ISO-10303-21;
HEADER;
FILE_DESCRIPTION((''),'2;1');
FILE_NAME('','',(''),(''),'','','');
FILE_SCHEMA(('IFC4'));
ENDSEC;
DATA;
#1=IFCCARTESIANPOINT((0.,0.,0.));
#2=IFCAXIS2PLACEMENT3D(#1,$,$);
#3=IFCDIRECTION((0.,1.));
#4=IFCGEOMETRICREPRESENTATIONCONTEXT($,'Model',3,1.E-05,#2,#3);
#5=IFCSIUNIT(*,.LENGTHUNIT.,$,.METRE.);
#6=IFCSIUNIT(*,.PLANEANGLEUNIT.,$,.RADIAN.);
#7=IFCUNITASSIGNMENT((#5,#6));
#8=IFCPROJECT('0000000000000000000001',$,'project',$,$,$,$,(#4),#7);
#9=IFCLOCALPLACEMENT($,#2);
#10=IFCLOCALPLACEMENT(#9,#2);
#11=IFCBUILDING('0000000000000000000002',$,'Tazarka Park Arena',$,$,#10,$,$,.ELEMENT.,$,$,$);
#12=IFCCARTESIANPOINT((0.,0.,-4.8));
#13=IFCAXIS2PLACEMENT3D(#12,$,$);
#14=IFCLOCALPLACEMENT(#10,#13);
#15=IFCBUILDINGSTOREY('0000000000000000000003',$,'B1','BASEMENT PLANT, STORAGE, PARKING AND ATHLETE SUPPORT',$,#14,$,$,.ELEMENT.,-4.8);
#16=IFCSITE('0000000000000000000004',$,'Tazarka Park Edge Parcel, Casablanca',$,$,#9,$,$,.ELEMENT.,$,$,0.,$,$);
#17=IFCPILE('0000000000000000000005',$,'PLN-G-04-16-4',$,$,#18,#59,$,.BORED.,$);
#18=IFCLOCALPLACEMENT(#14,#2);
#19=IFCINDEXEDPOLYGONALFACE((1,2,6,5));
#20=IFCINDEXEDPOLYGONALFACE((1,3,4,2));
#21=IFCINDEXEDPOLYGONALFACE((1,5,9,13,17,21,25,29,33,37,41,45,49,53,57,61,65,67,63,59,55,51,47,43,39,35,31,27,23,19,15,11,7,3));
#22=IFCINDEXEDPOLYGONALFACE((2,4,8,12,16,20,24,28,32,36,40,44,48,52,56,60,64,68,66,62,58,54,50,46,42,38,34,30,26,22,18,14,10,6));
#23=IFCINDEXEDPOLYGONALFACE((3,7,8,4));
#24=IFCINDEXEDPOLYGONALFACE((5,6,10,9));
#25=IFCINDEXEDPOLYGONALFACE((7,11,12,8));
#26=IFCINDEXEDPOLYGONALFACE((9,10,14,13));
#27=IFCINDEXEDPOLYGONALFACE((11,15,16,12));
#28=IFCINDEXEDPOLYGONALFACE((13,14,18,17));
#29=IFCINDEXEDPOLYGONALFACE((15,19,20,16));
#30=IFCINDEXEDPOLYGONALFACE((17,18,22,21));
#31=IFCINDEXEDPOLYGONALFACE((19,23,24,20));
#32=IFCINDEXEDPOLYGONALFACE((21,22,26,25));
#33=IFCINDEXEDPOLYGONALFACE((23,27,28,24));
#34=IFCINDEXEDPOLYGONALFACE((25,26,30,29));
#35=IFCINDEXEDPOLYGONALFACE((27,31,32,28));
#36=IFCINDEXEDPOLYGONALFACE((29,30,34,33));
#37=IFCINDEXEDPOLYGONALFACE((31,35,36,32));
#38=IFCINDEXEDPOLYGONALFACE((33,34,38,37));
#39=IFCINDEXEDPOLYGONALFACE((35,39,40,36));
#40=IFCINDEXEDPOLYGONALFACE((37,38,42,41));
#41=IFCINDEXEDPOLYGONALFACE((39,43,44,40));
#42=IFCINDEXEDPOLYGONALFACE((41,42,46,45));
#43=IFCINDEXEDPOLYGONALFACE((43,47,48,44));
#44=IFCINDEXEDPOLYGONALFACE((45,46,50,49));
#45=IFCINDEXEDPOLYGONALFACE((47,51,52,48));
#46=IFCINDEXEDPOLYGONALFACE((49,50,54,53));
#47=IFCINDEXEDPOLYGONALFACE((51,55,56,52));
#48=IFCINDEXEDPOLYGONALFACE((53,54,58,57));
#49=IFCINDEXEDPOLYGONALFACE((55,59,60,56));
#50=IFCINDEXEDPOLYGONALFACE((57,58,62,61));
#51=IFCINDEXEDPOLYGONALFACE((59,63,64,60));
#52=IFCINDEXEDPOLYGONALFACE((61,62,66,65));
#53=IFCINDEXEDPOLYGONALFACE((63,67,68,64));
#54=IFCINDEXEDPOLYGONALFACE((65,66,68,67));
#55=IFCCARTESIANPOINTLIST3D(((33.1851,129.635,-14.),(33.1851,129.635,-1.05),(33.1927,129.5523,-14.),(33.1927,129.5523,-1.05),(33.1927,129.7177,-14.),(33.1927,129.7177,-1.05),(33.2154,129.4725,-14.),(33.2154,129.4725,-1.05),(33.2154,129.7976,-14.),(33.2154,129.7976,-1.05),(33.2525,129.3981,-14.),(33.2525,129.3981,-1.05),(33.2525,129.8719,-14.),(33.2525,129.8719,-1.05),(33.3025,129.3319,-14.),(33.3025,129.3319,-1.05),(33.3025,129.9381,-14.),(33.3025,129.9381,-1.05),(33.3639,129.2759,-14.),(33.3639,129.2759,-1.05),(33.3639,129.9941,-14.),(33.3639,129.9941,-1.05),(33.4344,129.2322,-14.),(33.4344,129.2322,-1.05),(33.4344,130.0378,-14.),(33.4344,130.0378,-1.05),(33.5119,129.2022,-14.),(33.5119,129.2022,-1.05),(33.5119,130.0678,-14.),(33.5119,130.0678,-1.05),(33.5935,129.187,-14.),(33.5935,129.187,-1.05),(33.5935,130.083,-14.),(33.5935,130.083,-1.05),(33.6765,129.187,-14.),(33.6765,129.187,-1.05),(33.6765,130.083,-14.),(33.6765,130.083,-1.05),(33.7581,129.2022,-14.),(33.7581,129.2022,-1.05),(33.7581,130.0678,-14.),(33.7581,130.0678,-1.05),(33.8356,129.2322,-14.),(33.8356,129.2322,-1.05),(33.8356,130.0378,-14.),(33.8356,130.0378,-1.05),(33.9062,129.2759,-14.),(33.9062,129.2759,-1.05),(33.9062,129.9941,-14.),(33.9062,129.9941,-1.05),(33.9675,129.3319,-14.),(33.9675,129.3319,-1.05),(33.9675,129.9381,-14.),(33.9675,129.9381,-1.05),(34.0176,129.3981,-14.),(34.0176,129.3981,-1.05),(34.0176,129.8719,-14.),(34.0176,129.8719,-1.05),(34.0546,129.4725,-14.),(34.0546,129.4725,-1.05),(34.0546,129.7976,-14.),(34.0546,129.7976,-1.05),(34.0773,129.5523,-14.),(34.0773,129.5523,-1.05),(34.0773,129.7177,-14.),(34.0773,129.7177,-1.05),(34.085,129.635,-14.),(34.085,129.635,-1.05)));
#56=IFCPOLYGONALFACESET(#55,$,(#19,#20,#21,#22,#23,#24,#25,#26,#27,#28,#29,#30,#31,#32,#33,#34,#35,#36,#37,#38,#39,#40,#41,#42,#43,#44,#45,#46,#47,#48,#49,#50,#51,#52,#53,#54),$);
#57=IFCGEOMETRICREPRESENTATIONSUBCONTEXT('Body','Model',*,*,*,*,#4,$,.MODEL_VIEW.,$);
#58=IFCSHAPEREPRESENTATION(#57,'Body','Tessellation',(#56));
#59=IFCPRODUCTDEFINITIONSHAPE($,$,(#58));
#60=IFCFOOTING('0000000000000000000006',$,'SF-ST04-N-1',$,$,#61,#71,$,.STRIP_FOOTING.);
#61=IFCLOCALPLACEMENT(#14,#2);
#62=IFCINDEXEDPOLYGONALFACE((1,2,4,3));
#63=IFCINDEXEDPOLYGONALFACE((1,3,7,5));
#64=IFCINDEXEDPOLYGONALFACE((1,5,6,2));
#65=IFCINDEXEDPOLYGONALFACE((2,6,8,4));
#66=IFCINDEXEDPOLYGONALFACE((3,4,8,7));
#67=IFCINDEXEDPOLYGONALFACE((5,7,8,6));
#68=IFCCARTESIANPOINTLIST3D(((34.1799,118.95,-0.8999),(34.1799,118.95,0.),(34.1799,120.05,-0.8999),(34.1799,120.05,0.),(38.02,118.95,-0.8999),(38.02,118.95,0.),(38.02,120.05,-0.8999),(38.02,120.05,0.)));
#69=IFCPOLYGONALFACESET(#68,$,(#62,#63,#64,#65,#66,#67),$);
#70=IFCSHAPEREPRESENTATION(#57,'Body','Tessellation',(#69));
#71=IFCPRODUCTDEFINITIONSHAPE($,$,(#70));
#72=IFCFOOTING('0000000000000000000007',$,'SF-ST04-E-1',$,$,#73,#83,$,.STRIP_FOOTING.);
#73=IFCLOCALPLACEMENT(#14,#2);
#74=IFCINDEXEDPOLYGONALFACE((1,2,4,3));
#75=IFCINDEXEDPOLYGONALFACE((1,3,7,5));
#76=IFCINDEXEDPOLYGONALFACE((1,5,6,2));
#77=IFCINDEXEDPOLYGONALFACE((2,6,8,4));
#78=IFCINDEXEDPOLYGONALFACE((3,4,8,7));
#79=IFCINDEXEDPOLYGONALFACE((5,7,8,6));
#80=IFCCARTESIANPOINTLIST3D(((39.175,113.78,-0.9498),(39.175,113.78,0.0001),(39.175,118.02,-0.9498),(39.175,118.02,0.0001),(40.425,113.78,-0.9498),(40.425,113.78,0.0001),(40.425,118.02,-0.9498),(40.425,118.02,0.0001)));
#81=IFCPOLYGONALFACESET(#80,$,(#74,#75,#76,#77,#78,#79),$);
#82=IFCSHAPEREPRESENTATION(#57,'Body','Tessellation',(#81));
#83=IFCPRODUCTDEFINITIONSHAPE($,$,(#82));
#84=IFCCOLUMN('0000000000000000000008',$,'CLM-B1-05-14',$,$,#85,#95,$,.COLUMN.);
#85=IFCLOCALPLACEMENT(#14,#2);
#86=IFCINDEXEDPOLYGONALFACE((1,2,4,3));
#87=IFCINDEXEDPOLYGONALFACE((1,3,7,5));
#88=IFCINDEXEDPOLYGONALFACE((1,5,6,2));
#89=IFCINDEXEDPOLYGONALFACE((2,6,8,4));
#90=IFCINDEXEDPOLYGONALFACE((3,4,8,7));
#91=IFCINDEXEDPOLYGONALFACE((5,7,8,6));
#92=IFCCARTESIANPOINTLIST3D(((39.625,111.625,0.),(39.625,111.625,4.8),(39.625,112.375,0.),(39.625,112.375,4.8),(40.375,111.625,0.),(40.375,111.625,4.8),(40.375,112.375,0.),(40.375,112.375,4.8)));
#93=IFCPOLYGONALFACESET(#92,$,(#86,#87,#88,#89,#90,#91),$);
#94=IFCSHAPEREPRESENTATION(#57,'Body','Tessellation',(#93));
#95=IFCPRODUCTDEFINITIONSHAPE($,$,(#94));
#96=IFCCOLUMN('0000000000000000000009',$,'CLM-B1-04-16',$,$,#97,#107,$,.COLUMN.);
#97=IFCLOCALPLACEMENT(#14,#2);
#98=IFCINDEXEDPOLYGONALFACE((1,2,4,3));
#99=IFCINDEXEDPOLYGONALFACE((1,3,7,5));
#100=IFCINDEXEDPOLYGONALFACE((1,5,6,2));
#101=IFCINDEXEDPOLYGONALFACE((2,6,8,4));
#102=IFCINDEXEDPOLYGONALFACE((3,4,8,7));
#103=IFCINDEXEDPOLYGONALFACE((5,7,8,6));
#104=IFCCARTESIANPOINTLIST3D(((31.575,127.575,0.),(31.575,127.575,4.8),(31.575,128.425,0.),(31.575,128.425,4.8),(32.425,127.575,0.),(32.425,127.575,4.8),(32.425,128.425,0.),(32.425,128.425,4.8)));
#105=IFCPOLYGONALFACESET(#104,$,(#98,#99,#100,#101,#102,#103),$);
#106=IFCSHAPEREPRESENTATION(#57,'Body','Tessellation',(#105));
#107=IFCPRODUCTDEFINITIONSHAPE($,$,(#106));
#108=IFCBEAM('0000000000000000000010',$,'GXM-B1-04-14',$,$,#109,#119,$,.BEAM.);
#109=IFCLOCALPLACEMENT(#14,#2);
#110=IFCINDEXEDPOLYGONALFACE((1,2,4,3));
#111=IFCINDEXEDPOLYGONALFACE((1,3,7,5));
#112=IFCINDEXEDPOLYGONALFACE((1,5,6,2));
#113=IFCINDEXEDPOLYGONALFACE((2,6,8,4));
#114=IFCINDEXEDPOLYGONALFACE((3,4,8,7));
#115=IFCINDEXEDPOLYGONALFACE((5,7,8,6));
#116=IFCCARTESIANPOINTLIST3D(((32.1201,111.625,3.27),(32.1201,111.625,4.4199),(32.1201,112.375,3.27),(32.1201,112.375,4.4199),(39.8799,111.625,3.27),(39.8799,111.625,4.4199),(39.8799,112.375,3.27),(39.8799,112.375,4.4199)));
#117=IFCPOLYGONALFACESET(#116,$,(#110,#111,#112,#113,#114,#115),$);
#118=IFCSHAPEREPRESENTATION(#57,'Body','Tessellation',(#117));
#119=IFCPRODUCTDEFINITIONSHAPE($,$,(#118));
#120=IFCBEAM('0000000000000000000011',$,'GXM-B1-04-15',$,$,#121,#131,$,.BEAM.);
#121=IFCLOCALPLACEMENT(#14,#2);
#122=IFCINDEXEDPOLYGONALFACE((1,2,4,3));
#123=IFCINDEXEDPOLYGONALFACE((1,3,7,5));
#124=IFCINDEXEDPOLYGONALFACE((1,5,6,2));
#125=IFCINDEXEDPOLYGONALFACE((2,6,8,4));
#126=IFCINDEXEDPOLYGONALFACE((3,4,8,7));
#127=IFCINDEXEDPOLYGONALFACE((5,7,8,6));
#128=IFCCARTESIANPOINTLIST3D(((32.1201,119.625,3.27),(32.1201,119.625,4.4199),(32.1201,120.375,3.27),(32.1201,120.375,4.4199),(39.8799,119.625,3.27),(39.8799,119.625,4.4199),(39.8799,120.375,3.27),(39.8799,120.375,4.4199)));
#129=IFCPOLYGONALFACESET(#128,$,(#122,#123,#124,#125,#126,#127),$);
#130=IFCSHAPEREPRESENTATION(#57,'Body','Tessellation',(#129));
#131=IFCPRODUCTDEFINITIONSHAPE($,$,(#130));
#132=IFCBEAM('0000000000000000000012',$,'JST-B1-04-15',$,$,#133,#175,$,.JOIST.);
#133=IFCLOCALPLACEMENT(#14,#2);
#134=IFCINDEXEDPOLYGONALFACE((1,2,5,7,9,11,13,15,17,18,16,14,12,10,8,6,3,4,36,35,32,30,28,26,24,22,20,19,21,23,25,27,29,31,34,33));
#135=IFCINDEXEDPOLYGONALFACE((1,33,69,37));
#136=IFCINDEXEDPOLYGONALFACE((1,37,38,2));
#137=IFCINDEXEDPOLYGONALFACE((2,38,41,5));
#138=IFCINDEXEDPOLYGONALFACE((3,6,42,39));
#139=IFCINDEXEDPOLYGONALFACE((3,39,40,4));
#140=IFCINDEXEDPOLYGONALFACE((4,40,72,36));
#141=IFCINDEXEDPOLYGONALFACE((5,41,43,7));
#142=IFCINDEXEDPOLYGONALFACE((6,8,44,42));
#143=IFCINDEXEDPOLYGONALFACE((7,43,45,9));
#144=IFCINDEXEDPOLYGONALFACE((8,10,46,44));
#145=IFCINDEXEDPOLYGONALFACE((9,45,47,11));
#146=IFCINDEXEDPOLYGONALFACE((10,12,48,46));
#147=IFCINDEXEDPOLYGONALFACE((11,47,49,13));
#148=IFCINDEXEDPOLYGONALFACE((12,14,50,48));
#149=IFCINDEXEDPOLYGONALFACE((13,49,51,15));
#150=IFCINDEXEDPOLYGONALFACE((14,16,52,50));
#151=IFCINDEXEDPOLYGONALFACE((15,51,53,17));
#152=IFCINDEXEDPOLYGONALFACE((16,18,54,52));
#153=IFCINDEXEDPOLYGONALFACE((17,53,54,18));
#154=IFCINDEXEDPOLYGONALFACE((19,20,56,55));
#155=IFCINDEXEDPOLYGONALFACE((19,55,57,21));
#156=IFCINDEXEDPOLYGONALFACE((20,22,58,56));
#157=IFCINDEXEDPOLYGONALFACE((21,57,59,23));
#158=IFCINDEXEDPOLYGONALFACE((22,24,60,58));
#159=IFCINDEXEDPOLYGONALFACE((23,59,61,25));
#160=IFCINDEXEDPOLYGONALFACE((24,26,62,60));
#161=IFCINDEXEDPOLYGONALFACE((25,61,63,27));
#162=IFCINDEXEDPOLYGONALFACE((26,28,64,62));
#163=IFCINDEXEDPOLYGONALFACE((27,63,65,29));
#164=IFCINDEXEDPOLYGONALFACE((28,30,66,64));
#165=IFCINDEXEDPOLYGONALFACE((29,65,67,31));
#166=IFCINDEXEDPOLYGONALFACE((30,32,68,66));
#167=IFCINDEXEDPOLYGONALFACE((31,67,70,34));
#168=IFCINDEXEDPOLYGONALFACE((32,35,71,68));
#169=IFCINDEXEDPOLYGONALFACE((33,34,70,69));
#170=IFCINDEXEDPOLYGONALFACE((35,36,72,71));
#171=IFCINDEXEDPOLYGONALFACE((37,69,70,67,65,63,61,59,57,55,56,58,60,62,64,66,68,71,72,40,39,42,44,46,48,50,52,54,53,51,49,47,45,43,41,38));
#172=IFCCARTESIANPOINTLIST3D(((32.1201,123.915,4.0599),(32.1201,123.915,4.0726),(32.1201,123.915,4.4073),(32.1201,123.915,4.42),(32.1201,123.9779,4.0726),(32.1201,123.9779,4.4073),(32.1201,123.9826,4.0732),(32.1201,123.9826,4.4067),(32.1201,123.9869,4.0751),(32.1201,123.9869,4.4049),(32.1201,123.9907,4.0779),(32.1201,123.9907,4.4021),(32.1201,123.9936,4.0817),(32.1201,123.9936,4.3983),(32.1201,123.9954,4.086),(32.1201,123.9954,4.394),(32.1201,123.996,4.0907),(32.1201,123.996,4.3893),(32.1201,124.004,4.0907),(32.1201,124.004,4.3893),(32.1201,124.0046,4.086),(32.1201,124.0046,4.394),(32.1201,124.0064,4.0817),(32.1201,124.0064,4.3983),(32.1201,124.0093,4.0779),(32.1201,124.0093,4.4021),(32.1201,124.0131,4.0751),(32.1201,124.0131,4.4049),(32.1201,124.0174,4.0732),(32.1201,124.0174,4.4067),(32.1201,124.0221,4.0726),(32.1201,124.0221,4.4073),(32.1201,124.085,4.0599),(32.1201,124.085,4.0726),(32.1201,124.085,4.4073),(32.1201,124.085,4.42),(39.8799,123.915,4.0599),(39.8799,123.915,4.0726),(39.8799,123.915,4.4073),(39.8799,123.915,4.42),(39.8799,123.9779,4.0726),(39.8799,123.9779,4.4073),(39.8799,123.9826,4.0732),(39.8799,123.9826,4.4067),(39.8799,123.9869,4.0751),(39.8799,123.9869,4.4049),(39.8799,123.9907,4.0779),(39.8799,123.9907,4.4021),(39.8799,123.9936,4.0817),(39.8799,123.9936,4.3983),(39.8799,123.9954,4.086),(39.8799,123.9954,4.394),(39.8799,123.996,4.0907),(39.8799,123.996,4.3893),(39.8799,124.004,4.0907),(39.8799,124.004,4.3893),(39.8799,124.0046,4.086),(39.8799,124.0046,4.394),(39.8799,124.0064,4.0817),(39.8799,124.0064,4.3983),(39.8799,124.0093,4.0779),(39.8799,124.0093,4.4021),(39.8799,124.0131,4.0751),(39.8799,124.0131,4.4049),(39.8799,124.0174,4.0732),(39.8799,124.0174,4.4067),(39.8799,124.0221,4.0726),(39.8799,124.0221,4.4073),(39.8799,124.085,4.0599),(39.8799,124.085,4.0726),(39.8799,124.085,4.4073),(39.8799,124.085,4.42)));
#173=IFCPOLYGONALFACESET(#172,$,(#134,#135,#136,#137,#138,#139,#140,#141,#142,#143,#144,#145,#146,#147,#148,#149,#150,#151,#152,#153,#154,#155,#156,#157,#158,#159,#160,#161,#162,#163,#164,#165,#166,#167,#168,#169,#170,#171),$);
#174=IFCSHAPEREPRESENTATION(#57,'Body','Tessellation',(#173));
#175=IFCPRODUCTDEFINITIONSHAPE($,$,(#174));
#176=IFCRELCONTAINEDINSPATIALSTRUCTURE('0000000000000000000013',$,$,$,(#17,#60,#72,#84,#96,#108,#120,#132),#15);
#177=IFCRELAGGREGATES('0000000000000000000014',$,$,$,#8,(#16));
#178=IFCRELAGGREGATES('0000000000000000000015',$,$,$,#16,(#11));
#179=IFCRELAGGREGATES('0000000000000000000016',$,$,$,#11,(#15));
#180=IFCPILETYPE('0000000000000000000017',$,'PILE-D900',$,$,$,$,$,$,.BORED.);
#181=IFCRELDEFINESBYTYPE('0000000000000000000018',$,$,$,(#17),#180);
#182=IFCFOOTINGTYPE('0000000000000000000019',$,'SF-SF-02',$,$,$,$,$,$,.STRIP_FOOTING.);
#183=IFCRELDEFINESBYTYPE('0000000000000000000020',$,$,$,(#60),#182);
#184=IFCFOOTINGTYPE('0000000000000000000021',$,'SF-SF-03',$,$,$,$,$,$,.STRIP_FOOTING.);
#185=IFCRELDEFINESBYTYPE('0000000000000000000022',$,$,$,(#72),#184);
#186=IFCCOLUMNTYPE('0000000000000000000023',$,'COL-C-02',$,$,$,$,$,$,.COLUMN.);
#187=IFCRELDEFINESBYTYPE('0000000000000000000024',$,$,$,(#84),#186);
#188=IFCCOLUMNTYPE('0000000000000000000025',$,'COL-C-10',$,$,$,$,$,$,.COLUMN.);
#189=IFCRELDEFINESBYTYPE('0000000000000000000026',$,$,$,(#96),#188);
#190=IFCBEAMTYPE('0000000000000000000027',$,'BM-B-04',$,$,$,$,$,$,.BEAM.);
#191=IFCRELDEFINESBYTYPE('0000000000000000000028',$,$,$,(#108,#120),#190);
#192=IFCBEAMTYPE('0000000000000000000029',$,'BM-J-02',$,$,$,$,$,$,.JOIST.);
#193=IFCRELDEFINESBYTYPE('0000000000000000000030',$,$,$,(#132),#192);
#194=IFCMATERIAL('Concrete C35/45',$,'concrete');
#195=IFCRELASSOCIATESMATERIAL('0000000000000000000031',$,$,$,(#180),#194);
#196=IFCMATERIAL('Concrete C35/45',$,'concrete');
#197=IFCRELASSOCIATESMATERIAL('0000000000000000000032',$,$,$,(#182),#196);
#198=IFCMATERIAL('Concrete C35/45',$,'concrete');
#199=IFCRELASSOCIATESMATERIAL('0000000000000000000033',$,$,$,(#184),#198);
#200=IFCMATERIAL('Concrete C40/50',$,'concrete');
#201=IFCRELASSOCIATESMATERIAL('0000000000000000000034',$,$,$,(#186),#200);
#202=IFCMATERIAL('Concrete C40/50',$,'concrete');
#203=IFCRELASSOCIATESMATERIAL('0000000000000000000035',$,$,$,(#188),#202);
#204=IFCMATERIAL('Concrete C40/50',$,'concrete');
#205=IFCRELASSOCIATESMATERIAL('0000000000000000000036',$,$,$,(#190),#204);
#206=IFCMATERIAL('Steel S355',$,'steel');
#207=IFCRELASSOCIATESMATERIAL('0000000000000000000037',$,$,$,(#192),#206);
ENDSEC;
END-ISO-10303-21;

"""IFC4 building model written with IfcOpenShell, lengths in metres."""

from ifc_helpers import new_model, si_unit, direction, frame, origin, origin_2d, place, context, subcontext, project, spatial, rectangle, circle, i_section, extrude, material, material_profile, profile_set, type_object, element, save


model = new_model("IFC4")

# Units and contexts
model_context = context("Model", 3, precision=1e-05, world=origin(), true_north=direction((0.0, 1.0)))
body_context = subcontext(model_context, "Body", "Model", "MODEL_VIEW")
ifc_project = project(units=[si_unit("LENGTHUNIT", "METRE"), si_unit("PLANEANGLEUNIT", "RADIAN")], contexts=[model_context])

# Site, building, storey
site_placement = place(None, origin())
site = spatial("IfcSite", under=ifc_project, at=site_placement, Name="Tazarka Park Edge Parcel, Casablanca", CompositionType="ELEMENT", RefElevation=0.0)
building_placement = place(site_placement, origin())
building = spatial("IfcBuilding", under=site, at=building_placement, Name="Tazarka Park Arena", CompositionType="ELEMENT")
storey_placement = place(building_placement, frame((0.0, 0.0, -4.8)))
storey = spatial("IfcBuildingStorey", under=building, at=storey_placement, Name="B1", Description="BASEMENT PLANT, STORAGE, PARKING AND ATHLETE SUPPORT", CompositionType="ELEMENT", Elevation=-4.8)

# Pile
ifc_material_1 = material(Name="Concrete C35/45", Category="concrete")
ifc_material_profile_1 = material_profile(ifc_material_1, circle(Radius=0.45, at=origin_2d()), Name="Concrete C35/45")
ifc_profile_set_1 = profile_set([ifc_material_profile_1], Name="Concrete C35/45")
pile_type_1 = type_object("IfcPileType", Name="PILE-D900", PredefinedType="BORED", material=ifc_profile_set_1)
for number, where, z_axis, x_axis, name in (
    (1, (33.635, 129.635, -1.05), (0.0, 0.0, -1.0), (1.0, 0.0, 0.0), "PLN-G-04-16-4"),
):
    element("IfcPile", number, at=place(storey_placement, frame(where, z_axis=z_axis, x_axis=x_axis)), inside=storey, type_object=pile_type_1, Name=name, PredefinedType="BORED", context=body_context, shape_type="SweptSolid", body=[
        extrude(circle(Radius=0.45, at=origin_2d()), origin(), (0.0, 0.0, 1.0), 12.95),
    ])

# Footings
ifc_material_2 = material(Name="Concrete C35/45", Category="concrete")
ifc_material_profile_2 = material_profile(ifc_material_2, rectangle(XDim=1.1001, YDim=0.8999, at=origin_2d()), Name="Concrete C35/45")
ifc_profile_set_2 = profile_set([ifc_material_profile_2], Name="Concrete C35/45")
footing_type_1 = type_object("IfcFootingType", Name="SF-SF-02", PredefinedType="STRIP_FOOTING", material=ifc_profile_set_2)
footing_1_placement = place(storey_placement, frame((34.1799, 119.5, -0.45), z_axis=(1.0, 0.0, 0.0), x_axis=(0.0, 1.0, 0.0)))
element("IfcFooting", 2, at=footing_1_placement, inside=storey, type_object=footing_type_1, Name="SF-ST04-N-1", PredefinedType="STRIP_FOOTING", context=body_context, shape_type="SweptSolid", body=[
    extrude(rectangle(XDim=1.1001, YDim=0.8999, at=origin_2d()), origin(), (0.0, 0.0, 1.0), 3.8401),
])
ifc_material_3 = material(Name="Concrete C35/45", Category="concrete")
ifc_material_profile_3 = material_profile(ifc_material_3, rectangle(XDim=1.25, YDim=0.95, at=origin_2d()), Name="Concrete C35/45")
ifc_profile_set_3 = profile_set([ifc_material_profile_3], Name="Concrete C35/45")
footing_type_2 = type_object("IfcFootingType", Name="SF-SF-03", PredefinedType="STRIP_FOOTING", material=ifc_profile_set_3)
footing_2_placement = place(storey_placement, frame((39.8, 118.02, -0.4749), z_axis=(0.0, -1.0, 0.0), x_axis=(1.0, 0.0, 0.0)))
element("IfcFooting", 3, at=footing_2_placement, inside=storey, type_object=footing_type_2, Name="SF-ST04-E-1", PredefinedType="STRIP_FOOTING", context=body_context, shape_type="SweptSolid", body=[
    extrude(rectangle(XDim=1.25, YDim=0.95, at=origin_2d()), origin(), (0.0, 0.0, 1.0), 4.24),
])

# Columns
ifc_material_4 = material(Name="Concrete C40/50", Category="concrete")
ifc_material_profile_4 = material_profile(ifc_material_4, rectangle(XDim=0.75, YDim=0.75, at=origin_2d()), Name="Concrete C40/50")
ifc_profile_set_4 = profile_set([ifc_material_profile_4], Name="Concrete C40/50")
column_type_1 = type_object("IfcColumnType", Name="COL-C-02", PredefinedType="COLUMN", material=ifc_profile_set_4)
column_1_placement = place(storey_placement, frame((40.0, 112.0, 0.0), z_axis=(0.0, 0.0, 1.0), x_axis=(1.0, 0.0, 0.0)))
element("IfcColumn", 4, at=column_1_placement, inside=storey, type_object=column_type_1, Name="CLM-B1-05-14", PredefinedType="COLUMN", context=body_context, shape_type="SweptSolid", body=[
    extrude(rectangle(XDim=0.75, YDim=0.75, at=origin_2d()), origin(), (0.0, 0.0, 1.0), 4.8),
])
ifc_material_5 = material(Name="Concrete C40/50", Category="concrete")
ifc_material_profile_5 = material_profile(ifc_material_5, rectangle(XDim=0.8501, YDim=0.8501, at=origin_2d()), Name="Concrete C40/50")
ifc_profile_set_5 = profile_set([ifc_material_profile_5], Name="Concrete C40/50")
column_type_2 = type_object("IfcColumnType", Name="COL-C-10", PredefinedType="COLUMN", material=ifc_profile_set_5)
column_2_placement = place(storey_placement, frame((32.0, 128.0, 0.0), z_axis=(0.0, 0.0, 1.0), x_axis=(1.0, 0.0, 0.0)))
element("IfcColumn", 5, at=column_2_placement, inside=storey, type_object=column_type_2, Name="CLM-B1-04-16", PredefinedType="COLUMN", context=body_context, shape_type="SweptSolid", body=[
    extrude(rectangle(XDim=0.8501, YDim=0.8501, at=origin_2d()), origin(), (0.0, 0.0, 1.0), 4.8),
])

# Beams
ifc_material_6 = material(Name="Concrete C40/50", Category="concrete")
ifc_material_profile_6 = material_profile(ifc_material_6, rectangle(XDim=0.75, YDim=1.1499, at=origin_2d()), Name="Concrete C40/50")
ifc_profile_set_6 = profile_set([ifc_material_profile_6], Name="Concrete C40/50")
beam_type_1 = type_object("IfcBeamType", Name="BM-B-04", PredefinedType="BEAM", material=ifc_profile_set_6)
for number, where, z_axis, x_axis, name in (
    (6, (32.1201, 112.0, 3.845), (1.0, 0.0, 0.0), (0.0, 1.0, 0.0), "GXM-B1-04-14"),
    (7, (32.1201, 120.0, 3.845), (1.0, 0.0, 0.0), (0.0, 1.0, 0.0), "GXM-B1-04-15"),
):
    element("IfcBeam", number, at=place(storey_placement, frame(where, z_axis=z_axis, x_axis=x_axis)), inside=storey, type_object=beam_type_1, Name=name, PredefinedType="BEAM", context=body_context, shape_type="SweptSolid", body=[
        extrude(rectangle(XDim=0.75, YDim=1.1499, at=origin_2d()), origin(), (0.0, 0.0, 1.0), 7.7598),
    ])
ifc_material_7 = material(Name="Steel S355", Category="steel")
ifc_material_profile_7 = material_profile(ifc_material_7, i_section(OverallWidth=0.1699, OverallDepth=0.3601, WebThickness=0.0081, FlangeThickness=0.0127, FilletRadius=0.0181, at=origin_2d()), Name="Steel S355")
ifc_profile_set_7 = profile_set([ifc_material_profile_7], Name="Steel S355")
beam_type_2 = type_object("IfcBeamType", Name="BM-J-02", PredefinedType="JOIST", material=ifc_profile_set_7)
beam_1_placement = place(storey_placement, frame((32.1201, 124.0, 4.24), z_axis=(1.0, 0.0, 0.0), x_axis=(0.0, 1.0, 0.0)))
element("IfcBeam", 8, at=beam_1_placement, inside=storey, type_object=beam_type_2, Name="JST-B1-04-15", PredefinedType="JOIST", context=body_context, shape_type="SweptSolid", body=[
    extrude(i_section(OverallWidth=0.1699, OverallDepth=0.3601, WebThickness=0.0081, FlangeThickness=0.0127, FilletRadius=0.0181, at=origin_2d()), origin(), (0.0, 0.0, 1.0), 7.7598),
])

save(model, "model.ifc")
